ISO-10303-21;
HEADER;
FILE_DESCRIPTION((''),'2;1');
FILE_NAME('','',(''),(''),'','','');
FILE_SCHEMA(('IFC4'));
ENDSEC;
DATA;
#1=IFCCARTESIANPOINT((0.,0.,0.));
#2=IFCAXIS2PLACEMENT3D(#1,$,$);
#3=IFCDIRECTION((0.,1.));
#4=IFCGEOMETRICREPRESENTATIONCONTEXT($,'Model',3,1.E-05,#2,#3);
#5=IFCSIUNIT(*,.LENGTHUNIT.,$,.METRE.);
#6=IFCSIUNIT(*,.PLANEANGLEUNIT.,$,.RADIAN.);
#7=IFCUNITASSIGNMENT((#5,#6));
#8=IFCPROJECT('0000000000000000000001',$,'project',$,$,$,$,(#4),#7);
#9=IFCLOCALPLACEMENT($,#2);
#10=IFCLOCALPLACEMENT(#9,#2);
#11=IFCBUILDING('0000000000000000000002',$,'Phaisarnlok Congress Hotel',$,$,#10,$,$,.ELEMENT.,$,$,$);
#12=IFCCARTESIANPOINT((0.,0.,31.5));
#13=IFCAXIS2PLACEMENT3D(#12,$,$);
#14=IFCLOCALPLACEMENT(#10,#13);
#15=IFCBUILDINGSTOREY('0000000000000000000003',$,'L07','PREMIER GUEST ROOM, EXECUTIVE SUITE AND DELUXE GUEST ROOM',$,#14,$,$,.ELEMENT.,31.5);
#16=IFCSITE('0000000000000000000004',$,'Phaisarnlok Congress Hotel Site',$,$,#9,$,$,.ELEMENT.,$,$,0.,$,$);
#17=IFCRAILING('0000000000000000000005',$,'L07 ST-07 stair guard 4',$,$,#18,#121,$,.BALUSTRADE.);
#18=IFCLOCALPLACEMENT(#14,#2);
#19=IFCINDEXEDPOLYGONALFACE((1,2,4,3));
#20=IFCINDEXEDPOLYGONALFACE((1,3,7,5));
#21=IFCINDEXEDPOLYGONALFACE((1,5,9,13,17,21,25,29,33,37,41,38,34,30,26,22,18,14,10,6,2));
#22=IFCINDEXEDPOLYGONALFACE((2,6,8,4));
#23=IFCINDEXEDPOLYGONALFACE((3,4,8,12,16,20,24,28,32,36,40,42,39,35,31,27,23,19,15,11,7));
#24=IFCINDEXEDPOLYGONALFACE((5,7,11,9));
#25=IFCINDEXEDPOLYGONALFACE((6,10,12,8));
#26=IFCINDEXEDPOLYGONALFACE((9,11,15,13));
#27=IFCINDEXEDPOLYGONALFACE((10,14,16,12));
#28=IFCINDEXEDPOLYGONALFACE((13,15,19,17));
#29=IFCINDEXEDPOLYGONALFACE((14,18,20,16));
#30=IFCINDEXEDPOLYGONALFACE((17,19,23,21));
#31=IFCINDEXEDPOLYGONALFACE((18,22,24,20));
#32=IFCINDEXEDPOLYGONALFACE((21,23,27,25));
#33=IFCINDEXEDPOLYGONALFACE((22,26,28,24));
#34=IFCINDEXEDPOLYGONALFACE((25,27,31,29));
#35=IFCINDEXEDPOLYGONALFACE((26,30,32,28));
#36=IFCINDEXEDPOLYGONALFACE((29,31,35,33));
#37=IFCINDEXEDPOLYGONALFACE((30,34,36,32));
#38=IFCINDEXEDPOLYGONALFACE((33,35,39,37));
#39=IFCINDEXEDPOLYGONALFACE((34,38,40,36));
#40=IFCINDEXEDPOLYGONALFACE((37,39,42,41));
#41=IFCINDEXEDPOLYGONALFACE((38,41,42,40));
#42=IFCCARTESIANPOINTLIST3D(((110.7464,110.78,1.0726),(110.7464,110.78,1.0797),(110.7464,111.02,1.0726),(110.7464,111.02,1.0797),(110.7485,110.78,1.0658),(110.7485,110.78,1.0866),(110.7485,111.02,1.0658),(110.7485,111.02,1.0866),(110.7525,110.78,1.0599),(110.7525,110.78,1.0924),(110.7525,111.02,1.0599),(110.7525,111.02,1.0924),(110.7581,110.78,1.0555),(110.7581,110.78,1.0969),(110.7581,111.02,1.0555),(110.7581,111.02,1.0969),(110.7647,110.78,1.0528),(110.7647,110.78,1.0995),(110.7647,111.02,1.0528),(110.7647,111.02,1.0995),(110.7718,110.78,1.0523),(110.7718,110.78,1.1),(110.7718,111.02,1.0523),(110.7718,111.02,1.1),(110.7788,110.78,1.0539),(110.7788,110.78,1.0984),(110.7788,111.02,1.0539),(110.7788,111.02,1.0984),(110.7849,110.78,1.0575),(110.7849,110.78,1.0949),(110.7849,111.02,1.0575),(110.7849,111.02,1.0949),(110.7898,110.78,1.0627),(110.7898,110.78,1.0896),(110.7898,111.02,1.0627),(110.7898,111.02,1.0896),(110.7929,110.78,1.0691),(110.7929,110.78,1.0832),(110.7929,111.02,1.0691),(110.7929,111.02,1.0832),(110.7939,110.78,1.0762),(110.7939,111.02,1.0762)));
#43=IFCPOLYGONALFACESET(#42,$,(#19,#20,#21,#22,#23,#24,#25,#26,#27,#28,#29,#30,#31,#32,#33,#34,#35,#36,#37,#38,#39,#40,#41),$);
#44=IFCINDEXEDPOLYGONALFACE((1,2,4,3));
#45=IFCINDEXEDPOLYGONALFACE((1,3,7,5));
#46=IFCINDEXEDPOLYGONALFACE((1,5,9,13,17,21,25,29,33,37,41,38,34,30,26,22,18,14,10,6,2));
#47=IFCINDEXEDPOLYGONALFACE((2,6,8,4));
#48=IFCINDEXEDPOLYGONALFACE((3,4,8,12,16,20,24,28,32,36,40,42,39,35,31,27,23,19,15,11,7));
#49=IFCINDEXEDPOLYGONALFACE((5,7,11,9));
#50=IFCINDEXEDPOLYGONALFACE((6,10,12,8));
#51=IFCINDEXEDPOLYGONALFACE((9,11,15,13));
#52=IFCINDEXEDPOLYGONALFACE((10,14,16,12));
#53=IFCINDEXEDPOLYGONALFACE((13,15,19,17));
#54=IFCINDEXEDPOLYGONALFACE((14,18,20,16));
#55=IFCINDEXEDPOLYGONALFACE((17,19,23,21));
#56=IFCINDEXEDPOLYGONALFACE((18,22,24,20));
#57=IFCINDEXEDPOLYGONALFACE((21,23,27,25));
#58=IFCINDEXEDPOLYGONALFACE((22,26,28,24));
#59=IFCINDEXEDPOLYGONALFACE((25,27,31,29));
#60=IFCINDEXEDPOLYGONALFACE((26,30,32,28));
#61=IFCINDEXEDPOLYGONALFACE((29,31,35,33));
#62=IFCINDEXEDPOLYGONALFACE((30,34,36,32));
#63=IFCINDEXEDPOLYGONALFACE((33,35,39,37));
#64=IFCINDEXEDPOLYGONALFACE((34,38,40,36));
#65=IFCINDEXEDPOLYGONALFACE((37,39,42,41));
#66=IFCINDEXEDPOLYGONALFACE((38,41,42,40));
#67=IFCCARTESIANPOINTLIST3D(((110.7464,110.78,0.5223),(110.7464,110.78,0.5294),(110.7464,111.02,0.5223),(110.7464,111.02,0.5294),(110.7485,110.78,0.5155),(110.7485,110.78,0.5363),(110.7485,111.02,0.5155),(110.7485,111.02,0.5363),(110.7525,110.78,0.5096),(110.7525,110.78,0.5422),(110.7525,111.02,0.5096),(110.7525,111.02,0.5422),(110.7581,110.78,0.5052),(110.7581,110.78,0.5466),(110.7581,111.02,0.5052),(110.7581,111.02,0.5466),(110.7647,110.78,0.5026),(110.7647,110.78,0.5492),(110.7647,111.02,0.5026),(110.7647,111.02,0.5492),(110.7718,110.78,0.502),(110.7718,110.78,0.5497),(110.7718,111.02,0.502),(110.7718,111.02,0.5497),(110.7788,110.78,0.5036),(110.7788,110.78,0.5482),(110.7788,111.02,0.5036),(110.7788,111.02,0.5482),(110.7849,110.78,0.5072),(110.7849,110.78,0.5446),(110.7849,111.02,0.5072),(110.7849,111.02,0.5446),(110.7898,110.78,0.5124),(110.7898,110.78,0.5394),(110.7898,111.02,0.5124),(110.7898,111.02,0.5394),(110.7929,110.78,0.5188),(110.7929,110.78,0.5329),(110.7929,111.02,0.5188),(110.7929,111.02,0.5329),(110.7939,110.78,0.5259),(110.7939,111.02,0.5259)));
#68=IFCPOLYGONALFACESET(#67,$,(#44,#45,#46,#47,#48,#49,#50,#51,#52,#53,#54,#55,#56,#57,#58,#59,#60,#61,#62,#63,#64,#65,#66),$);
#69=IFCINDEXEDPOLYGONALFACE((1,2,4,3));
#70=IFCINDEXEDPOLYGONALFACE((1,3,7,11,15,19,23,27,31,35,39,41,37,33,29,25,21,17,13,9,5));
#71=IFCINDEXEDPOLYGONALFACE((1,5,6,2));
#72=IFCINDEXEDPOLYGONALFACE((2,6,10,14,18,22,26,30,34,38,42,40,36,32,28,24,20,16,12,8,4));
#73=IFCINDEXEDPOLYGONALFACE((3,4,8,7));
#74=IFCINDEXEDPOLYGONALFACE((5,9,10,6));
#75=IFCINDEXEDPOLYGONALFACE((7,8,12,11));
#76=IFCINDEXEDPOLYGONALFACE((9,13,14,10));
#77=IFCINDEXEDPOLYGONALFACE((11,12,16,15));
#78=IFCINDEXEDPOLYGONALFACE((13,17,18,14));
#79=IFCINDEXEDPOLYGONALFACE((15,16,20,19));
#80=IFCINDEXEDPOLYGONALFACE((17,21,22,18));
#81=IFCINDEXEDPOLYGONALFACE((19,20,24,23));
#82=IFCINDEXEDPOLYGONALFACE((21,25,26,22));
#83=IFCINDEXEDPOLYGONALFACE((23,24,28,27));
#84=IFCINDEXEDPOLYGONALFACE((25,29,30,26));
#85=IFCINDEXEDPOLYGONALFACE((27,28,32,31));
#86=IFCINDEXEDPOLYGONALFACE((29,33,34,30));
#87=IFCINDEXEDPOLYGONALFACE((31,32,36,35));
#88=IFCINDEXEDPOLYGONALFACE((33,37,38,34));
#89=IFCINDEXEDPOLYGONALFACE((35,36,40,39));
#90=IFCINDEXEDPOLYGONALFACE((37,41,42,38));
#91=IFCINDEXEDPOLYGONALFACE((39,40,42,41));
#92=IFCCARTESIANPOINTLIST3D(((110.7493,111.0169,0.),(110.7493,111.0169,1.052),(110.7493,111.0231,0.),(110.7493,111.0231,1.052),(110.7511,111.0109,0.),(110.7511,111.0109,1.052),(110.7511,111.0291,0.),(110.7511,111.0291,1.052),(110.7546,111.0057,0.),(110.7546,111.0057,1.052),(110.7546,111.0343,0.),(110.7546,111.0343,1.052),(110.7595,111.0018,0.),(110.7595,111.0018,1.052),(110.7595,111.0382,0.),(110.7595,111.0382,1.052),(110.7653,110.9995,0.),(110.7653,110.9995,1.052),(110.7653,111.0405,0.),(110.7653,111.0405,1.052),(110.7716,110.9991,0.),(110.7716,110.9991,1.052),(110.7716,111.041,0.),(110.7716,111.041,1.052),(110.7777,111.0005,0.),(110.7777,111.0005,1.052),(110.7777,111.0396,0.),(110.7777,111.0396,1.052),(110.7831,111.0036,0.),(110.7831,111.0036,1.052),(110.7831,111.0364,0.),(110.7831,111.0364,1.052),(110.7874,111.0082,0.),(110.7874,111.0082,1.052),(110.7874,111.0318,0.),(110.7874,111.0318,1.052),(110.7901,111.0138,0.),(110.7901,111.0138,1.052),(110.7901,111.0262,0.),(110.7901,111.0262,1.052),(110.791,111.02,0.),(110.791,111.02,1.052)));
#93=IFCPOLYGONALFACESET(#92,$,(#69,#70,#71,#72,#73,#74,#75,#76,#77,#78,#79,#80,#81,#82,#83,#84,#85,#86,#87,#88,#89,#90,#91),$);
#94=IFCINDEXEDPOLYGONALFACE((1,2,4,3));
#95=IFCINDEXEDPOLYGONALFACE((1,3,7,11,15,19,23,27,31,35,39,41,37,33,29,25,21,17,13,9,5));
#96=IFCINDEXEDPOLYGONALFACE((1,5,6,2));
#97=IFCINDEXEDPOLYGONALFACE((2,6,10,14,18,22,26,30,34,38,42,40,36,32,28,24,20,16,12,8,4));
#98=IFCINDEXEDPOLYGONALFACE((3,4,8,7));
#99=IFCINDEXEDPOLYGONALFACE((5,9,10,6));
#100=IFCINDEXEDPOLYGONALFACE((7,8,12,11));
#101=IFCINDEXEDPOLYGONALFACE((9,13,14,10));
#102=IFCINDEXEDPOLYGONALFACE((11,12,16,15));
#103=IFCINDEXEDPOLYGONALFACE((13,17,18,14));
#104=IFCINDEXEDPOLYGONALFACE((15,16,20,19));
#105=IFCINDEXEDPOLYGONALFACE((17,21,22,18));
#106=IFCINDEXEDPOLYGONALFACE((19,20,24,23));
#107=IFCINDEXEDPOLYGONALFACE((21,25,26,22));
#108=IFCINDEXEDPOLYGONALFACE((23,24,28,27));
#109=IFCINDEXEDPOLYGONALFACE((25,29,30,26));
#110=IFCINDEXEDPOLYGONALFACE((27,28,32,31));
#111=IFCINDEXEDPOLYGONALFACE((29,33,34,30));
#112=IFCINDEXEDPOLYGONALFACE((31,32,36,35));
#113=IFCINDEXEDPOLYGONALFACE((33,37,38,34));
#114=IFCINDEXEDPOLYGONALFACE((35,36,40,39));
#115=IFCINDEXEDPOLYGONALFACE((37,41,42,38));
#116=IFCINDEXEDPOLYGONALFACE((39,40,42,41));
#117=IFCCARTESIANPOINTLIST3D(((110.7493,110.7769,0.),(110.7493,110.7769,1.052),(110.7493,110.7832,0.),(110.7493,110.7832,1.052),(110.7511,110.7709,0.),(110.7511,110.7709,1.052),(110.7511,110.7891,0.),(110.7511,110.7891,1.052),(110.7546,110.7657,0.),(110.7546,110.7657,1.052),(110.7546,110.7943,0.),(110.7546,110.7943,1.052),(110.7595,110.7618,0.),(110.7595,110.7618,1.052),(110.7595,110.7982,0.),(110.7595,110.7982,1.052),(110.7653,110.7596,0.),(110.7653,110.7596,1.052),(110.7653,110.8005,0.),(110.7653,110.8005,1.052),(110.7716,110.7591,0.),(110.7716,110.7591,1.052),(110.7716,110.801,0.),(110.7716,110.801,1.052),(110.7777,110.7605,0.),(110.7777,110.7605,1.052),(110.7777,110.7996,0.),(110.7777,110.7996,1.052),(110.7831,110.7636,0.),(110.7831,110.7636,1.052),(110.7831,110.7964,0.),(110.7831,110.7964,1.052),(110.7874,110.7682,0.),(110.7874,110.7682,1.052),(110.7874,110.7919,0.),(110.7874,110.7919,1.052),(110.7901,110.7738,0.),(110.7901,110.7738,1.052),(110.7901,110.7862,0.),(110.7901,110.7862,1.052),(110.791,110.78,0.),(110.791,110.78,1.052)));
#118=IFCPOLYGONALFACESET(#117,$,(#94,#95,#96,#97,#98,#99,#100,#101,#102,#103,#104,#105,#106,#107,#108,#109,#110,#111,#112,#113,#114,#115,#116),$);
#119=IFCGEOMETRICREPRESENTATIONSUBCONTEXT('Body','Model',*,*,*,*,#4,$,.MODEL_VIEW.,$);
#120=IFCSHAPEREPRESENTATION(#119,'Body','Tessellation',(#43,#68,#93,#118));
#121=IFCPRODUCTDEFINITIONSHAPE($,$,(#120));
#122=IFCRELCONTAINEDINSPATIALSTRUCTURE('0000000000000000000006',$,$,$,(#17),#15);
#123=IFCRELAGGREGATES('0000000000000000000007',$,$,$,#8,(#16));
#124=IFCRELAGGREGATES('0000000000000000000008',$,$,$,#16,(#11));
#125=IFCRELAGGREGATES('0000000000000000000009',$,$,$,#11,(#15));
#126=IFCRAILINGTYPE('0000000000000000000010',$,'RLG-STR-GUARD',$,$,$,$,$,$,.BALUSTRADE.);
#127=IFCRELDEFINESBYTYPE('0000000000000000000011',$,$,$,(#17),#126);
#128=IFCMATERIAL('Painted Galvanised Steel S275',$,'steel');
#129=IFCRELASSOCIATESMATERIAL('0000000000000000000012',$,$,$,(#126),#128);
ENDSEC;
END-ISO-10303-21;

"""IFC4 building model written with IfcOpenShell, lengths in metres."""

from ifc_helpers import new_model, si_unit, direction, frame, origin, origin_2d, place, context, subcontext, project, spatial, circle, extrude, material, type_object, element, save


model = new_model("IFC4")

# Units and contexts
model_context = context("Model", 3, precision=1e-05, world=origin(), true_north=direction((0.0, 1.0)))
body_context = subcontext(model_context, "Body", "Model", "MODEL_VIEW")
ifc_project = project(units=[si_unit("LENGTHUNIT", "METRE"), si_unit("PLANEANGLEUNIT", "RADIAN")], contexts=[model_context])

# Site, building, storey
site_placement = place(None, origin())
site = spatial("IfcSite", under=ifc_project, at=site_placement, Name="Phaisarnlok Congress Hotel Site", CompositionType="ELEMENT", RefElevation=0.0)
building_placement = place(site_placement, origin())
building = spatial("IfcBuilding", under=site, at=building_placement, Name="Phaisarnlok Congress Hotel", CompositionType="ELEMENT")
storey_placement = place(building_placement, frame((0.0, 0.0, 31.5)))
storey = spatial("IfcBuildingStorey", under=building, at=storey_placement, Name="L07", Description="PREMIER GUEST ROOM, EXECUTIVE SUITE AND DELUXE GUEST ROOM", CompositionType="ELEMENT", Elevation=31.5)

# Railing
ifc_material_1 = material(Name="Painted Galvanised Steel S275", Category="steel")
railing_type_1 = type_object("IfcRailingType", Name="RLG-STR-GUARD", PredefinedType="BALUSTRADE", material=ifc_material_1)
railing_1_placement = place(storey_placement, frame((110.77, 111.02, 0.0)))
element("IfcRailing", 1, at=railing_1_placement, inside=storey, type_object=railing_type_1, Name="L07 ST-07 stair guard 4", PredefinedType="BALUSTRADE", context=body_context, shape_type="SweptSolid", body=[
    extrude(circle(Radius=0.0239, at=origin_2d()), frame((0.0, 0.0, 1.0762), z_axis=(0.0, -1.0, 0.0), x_axis=(1.0, 0.0, 0.0)), (0.0, 0.0, 1.0), 0.24),
    extrude(circle(Radius=0.0239, at=origin_2d()), frame((0.0, 0.0, 0.5259), z_axis=(0.0, -1.0, 0.0), x_axis=(1.0, 0.0, 0.0)), (0.0, 0.0, 1.0), 0.24),
    extrude(circle(Radius=0.021, at=origin_2d()), origin(), (0.0, 0.0, 1.0), 1.052),
    extrude(circle(Radius=0.021, at=origin_2d()), frame((0.0, -0.24, 0.0)), (0.0, 0.0, 1.0), 1.052),
])

save(model, "model.ifc")
